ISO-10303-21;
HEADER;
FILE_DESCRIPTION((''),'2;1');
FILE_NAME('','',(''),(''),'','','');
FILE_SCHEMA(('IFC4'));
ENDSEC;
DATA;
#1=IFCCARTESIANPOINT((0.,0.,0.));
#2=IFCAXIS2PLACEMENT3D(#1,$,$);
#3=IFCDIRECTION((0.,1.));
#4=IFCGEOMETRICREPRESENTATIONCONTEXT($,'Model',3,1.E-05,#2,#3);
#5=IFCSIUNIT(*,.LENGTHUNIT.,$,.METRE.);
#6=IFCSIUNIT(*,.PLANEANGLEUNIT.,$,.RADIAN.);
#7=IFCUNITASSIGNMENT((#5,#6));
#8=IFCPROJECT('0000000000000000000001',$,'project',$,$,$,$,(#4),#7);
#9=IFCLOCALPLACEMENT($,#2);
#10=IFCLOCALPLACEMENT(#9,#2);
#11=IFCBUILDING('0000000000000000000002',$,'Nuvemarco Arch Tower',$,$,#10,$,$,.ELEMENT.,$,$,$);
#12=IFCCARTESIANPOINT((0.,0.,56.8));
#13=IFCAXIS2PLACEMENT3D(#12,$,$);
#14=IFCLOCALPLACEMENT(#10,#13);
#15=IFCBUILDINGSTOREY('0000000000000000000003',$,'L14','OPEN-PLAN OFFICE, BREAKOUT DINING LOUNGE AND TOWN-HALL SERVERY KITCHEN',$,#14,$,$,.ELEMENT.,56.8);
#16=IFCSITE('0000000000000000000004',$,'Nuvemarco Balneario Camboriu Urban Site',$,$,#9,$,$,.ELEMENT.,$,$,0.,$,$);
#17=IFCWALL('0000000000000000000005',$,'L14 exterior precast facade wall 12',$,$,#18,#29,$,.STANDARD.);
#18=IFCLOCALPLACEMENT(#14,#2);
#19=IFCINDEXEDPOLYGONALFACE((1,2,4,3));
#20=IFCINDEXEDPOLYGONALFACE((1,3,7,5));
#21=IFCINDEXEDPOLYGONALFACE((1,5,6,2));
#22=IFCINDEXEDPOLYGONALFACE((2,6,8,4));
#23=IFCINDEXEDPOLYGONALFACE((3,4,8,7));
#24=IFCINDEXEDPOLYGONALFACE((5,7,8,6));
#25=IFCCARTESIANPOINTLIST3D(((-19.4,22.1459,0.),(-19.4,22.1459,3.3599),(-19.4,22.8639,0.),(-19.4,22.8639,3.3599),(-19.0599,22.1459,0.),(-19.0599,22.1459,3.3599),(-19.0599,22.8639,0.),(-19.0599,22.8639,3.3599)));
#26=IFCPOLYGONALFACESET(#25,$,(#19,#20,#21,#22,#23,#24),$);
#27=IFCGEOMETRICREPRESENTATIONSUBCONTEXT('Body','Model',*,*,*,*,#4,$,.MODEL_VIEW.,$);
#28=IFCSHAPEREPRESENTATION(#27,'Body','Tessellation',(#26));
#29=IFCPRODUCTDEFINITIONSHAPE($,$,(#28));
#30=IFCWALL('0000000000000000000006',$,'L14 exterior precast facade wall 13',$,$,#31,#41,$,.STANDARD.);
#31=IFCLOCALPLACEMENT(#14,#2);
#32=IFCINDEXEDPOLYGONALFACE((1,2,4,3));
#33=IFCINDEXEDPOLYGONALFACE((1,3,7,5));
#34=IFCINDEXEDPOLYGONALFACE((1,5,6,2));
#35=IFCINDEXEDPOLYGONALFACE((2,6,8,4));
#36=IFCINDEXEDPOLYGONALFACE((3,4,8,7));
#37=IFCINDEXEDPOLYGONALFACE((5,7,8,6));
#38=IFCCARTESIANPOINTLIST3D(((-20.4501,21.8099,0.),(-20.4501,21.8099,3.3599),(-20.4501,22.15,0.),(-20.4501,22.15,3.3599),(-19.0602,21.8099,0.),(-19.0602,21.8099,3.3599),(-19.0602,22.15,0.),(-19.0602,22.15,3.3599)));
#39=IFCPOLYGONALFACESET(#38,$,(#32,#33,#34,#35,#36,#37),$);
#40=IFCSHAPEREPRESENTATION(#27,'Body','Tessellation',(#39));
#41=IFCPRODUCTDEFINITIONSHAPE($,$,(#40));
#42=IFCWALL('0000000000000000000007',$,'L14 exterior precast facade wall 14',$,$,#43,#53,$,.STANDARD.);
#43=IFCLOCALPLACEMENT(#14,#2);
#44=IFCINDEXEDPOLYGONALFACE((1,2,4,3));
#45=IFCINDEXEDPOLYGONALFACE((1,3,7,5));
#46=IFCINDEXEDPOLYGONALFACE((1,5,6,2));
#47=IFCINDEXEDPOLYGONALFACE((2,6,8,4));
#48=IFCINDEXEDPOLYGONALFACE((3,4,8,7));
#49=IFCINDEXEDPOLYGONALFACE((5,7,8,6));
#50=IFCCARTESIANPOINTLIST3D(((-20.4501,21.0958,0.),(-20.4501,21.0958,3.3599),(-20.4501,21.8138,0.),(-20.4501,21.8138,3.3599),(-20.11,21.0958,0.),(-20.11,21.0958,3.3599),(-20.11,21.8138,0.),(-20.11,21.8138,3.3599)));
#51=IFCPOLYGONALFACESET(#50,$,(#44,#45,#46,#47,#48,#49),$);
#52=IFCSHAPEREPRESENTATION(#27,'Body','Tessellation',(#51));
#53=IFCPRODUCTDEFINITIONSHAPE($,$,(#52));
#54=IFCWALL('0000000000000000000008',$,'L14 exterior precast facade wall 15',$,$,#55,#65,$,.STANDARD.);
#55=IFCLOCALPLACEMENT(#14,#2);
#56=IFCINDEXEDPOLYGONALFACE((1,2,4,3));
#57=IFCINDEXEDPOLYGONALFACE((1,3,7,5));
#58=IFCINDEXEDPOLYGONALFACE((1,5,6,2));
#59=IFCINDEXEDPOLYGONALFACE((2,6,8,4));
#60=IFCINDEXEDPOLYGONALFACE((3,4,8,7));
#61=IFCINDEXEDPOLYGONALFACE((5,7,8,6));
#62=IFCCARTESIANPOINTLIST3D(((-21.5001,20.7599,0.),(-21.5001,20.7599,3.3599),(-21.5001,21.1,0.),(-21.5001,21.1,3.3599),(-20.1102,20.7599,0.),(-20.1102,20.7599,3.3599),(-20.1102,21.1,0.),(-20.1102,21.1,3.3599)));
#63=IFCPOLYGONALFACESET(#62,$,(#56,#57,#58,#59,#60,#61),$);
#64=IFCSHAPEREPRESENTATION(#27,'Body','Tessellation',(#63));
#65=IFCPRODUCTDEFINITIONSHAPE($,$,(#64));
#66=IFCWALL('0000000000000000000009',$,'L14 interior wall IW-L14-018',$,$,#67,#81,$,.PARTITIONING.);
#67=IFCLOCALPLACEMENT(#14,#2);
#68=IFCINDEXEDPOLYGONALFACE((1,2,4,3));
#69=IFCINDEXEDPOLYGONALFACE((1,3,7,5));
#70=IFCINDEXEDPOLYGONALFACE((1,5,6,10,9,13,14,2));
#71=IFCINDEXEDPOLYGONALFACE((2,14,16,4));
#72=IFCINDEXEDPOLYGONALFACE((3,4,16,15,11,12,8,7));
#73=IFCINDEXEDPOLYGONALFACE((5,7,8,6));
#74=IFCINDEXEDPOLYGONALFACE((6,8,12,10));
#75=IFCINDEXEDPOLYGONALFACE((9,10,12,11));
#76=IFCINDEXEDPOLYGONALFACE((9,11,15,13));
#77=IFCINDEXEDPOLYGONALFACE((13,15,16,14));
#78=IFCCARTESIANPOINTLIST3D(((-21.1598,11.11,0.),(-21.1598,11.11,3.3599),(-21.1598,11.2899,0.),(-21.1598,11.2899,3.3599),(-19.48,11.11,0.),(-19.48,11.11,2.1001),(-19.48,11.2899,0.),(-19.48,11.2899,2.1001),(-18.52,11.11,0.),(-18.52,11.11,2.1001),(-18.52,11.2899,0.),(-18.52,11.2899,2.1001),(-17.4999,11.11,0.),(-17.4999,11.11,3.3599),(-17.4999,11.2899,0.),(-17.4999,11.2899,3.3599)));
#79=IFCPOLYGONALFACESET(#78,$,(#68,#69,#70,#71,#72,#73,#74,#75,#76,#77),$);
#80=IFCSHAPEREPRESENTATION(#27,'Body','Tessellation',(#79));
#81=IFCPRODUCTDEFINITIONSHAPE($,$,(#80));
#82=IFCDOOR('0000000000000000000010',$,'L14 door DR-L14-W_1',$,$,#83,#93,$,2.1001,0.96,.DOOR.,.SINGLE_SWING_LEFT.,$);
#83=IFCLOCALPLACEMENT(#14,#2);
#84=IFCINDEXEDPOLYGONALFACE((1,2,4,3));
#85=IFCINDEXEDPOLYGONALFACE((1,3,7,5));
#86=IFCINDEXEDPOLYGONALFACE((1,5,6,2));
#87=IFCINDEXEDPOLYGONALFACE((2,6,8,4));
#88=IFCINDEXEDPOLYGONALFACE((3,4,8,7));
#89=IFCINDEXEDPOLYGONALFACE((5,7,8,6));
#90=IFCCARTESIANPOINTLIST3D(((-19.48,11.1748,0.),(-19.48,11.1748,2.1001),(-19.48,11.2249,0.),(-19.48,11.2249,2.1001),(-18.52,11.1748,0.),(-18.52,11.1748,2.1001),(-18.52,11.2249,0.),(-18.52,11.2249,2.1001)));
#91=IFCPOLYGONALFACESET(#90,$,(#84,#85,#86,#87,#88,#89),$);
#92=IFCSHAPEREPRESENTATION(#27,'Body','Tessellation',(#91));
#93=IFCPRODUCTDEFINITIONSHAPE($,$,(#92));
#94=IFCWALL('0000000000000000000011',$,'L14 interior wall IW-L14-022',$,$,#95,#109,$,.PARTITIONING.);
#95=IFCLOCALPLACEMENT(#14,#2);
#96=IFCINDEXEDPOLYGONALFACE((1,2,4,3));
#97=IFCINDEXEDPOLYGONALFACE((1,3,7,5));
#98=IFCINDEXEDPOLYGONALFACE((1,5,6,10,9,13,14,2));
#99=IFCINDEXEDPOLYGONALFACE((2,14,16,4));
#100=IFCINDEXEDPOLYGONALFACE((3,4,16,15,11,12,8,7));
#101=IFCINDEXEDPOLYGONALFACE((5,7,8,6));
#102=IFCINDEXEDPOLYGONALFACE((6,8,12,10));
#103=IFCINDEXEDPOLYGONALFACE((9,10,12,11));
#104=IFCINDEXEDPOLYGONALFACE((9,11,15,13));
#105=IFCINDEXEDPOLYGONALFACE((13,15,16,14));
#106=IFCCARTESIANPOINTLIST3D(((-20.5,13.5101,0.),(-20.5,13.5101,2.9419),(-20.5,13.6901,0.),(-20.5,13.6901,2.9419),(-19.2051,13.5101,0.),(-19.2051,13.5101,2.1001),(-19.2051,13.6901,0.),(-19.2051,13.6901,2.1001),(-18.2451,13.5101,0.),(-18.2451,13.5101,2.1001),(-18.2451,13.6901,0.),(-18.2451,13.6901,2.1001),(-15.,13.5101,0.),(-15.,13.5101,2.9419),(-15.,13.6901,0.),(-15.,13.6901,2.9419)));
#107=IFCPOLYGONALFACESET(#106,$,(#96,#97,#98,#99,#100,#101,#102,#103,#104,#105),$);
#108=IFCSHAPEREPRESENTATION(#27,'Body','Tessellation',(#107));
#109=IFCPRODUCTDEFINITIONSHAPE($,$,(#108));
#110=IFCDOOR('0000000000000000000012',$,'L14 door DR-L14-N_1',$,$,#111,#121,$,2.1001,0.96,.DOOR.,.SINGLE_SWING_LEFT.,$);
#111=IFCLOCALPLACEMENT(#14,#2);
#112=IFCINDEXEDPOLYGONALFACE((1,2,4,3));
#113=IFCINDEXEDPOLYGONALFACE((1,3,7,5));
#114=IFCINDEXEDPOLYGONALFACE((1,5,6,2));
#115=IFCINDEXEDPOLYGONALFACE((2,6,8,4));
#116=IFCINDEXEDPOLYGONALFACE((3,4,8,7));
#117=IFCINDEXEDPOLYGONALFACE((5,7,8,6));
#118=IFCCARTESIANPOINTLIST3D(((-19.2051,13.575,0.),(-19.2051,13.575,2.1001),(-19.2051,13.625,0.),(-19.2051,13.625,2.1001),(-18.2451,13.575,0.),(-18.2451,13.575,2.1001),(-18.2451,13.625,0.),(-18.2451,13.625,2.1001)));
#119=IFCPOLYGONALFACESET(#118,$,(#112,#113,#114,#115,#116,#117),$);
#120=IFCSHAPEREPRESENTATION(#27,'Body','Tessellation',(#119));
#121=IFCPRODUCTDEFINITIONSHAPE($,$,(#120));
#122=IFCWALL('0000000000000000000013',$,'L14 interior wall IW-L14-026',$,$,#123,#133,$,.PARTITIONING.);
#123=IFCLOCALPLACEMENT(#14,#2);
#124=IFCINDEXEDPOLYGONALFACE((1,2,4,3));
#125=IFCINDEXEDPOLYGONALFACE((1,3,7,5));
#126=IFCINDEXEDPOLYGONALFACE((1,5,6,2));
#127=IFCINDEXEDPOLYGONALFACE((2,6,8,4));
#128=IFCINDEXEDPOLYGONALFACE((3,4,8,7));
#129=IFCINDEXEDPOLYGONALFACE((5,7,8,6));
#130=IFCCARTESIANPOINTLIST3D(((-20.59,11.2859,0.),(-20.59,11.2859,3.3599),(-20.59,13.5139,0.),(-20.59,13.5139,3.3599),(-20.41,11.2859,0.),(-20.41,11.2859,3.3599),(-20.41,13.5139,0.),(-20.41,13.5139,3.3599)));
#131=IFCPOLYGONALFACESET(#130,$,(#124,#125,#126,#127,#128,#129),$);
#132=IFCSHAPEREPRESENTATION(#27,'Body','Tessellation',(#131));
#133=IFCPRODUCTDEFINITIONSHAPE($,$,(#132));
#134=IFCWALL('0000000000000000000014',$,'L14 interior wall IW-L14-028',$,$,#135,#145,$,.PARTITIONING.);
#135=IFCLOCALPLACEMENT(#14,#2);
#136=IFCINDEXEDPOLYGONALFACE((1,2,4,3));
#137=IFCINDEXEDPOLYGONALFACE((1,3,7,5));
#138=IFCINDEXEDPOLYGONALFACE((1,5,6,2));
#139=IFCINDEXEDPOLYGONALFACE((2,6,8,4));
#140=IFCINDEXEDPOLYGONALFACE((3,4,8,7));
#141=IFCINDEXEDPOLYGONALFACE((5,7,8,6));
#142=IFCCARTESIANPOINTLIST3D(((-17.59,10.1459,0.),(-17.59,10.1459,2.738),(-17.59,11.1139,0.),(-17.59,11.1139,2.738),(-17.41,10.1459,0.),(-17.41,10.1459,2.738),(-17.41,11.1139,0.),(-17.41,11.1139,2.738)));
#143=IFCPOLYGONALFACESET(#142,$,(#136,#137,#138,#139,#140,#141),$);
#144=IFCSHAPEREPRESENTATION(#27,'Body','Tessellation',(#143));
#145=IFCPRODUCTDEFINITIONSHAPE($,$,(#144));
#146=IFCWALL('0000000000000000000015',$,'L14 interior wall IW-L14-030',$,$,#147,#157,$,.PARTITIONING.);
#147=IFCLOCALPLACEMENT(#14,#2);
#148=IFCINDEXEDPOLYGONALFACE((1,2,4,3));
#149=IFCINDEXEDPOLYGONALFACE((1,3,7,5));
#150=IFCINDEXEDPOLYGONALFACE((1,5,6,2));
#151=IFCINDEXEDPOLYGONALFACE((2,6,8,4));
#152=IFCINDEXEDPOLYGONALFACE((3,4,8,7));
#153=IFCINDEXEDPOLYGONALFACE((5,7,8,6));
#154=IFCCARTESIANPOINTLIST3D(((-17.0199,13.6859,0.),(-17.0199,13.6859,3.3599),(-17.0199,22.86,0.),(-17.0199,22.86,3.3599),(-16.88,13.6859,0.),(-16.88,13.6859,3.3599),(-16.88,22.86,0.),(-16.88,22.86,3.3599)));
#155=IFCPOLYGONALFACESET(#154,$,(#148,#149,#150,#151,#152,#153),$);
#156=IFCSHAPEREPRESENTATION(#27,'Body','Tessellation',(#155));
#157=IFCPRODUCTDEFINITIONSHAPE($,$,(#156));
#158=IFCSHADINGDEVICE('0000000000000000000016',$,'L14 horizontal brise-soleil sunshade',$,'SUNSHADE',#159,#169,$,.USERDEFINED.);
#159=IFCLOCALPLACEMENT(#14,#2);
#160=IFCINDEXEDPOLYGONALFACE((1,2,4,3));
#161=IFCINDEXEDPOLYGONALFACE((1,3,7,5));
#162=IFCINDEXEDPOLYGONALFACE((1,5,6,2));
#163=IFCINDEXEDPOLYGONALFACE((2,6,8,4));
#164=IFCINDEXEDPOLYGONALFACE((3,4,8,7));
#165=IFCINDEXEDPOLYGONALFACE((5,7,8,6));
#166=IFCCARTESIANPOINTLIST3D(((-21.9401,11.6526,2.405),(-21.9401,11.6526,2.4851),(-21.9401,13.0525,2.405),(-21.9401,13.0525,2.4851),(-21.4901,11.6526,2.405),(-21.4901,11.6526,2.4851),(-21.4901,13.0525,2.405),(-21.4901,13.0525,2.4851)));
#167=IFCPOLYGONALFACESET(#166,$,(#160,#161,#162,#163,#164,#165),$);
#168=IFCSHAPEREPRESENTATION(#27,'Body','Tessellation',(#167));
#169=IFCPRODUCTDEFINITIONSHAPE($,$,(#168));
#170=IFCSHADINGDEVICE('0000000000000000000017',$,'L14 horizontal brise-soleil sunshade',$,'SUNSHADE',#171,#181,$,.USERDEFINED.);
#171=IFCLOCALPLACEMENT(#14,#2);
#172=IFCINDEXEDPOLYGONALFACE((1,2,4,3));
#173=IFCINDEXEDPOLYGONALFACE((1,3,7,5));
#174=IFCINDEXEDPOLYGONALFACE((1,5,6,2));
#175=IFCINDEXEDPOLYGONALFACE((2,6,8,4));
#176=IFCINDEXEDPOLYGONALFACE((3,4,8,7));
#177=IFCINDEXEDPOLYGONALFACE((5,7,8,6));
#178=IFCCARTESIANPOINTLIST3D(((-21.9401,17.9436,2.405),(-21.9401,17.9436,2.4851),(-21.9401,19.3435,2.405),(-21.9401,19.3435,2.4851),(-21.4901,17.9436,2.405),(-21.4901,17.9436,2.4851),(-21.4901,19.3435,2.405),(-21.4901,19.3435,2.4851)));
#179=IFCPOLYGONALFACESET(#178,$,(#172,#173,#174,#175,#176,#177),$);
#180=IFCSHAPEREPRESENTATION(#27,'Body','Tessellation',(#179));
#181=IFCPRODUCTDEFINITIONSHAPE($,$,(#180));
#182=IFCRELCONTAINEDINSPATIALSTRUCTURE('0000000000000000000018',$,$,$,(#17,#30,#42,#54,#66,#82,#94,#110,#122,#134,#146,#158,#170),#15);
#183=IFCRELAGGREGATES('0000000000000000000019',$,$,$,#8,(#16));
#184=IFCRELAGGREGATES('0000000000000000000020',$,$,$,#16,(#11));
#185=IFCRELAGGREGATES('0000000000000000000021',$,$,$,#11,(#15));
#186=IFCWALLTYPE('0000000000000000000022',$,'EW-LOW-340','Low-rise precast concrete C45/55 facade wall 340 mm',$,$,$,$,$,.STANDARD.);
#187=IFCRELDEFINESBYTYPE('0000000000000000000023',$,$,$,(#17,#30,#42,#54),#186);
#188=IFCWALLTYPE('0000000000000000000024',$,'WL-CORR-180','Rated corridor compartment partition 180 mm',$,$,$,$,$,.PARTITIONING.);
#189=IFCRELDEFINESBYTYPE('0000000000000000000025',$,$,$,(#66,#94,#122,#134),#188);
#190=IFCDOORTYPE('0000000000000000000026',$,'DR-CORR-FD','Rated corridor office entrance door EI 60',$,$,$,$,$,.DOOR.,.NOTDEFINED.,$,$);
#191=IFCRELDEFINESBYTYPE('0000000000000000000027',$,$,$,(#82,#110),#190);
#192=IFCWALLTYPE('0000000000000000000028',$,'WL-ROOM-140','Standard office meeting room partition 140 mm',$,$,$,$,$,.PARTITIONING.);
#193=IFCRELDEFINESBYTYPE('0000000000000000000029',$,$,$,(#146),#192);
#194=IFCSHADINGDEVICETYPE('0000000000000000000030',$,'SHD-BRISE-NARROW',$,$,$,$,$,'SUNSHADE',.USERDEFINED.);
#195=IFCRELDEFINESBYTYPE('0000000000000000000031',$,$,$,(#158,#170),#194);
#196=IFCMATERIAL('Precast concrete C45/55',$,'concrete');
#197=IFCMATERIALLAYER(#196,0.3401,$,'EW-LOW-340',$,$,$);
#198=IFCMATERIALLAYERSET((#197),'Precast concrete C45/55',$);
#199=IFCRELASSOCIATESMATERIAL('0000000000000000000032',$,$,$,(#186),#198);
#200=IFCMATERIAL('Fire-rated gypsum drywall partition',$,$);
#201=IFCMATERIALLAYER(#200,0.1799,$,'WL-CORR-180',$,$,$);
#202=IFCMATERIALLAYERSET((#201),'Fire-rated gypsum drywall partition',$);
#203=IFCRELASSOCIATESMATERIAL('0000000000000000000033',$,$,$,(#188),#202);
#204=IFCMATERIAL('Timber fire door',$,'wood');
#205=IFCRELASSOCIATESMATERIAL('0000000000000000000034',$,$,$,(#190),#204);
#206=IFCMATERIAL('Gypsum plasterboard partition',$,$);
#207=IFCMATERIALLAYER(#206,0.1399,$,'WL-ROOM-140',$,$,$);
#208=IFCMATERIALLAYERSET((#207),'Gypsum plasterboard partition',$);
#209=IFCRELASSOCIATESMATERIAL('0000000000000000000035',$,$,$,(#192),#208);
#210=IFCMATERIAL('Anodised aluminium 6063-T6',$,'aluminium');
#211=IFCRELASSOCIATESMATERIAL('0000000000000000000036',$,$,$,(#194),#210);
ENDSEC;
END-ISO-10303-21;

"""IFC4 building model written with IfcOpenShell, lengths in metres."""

from ifc_helpers import new_model, si_unit, direction, frame, frame_2d, origin, origin_2d, place, context, subcontext, project, spatial, rectangle, extrude, source, transform, mapped, material, layer, layer_set, type_object, type_shapes, element, fill, save


model = new_model("IFC4")

# Units and contexts
model_context = context("Model", 3, precision=1e-05, world=origin(), true_north=direction((0.0, 1.0)))
body_context = subcontext(model_context, "Body", "Model", "MODEL_VIEW")
ifc_project = project(units=[si_unit("LENGTHUNIT", "METRE"), si_unit("PLANEANGLEUNIT", "RADIAN")], contexts=[model_context])

# Site, building, storey
site_placement = place(None, origin())
site = spatial("IfcSite", under=ifc_project, at=site_placement, Name="Nuvemarco Balneario Camboriu Urban Site", CompositionType="ELEMENT", RefElevation=0.0)
building_placement = place(site_placement, origin())
building = spatial("IfcBuilding", under=site, at=building_placement, Name="Nuvemarco Arch Tower", CompositionType="ELEMENT")
storey_placement = place(building_placement, frame((0.0, 0.0, 56.8)))
storey = spatial("IfcBuildingStorey", under=building, at=storey_placement, Name="L14", Description="OPEN-PLAN OFFICE, BREAKOUT DINING LOUNGE AND TOWN-HALL SERVERY KITCHEN", CompositionType="ELEMENT", Elevation=56.8)

# Shared definitions
ifc_material_1 = material(Name="Precast concrete C45/55", Category="concrete")
ifc_layer_1 = layer(ifc_material_1, 0.3401, Name="EW-LOW-340")
ifc_layer_set_1 = layer_set([ifc_layer_1], Name="Precast concrete C45/55")
wall_type_1 = type_object("IfcWallType", Name="EW-LOW-340", Description="Low-rise precast concrete C45/55 facade wall 340 mm", PredefinedType="STANDARD", material=ifc_layer_set_1)

# Walls
wall_1_placement = place(storey_placement, frame((-19.23, 22.146, 0.0), z_axis=(0.0, 0.0, 1.0), x_axis=(0.0, 1.0, 0.0)))
element("IfcWall", 1, at=wall_1_placement, inside=storey, type_object=wall_type_1, Name="L14 exterior precast facade wall 12", PredefinedType="STANDARD", context=body_context, shape_type="SweptSolid", body=[
    extrude(rectangle(XDim=0.718, YDim=0.3401, at=frame_2d((0.3589, 0.0))), origin(), (0.0, 0.0, 1.0), 3.3599),
])
wall_2_placement = place(storey_placement, frame((-20.45, 21.98, 0.0), z_axis=(0.0, 0.0, 1.0), x_axis=(1.0, 0.0, 0.0)))
element("IfcWall", 2, at=wall_2_placement, inside=storey, type_object=wall_type_1, Name="L14 exterior precast facade wall 13", PredefinedType="STANDARD", context=body_context, shape_type="SweptSolid", body=[
    extrude(rectangle(XDim=1.3899, YDim=0.3401, at=frame_2d((0.6948, 0.0))), origin(), (0.0, 0.0, 1.0), 3.3599),
])
wall_3_placement = place(storey_placement, frame((-20.28, 21.0959, 0.0), z_axis=(0.0, 0.0, 1.0), x_axis=(0.0, 1.0, 0.0)))
element("IfcWall", 3, at=wall_3_placement, inside=storey, type_object=wall_type_1, Name="L14 exterior precast facade wall 14", PredefinedType="STANDARD", context=body_context, shape_type="SweptSolid", body=[
    extrude(rectangle(XDim=0.718, YDim=0.3401, at=frame_2d((0.3589, 0.0))), origin(), (0.0, 0.0, 1.0), 3.3599),
])
wall_4_placement = place(storey_placement, frame((-21.5, 20.9299, 0.0), z_axis=(0.0, 0.0, 1.0), x_axis=(1.0, 0.0, 0.0)))
element("IfcWall", 4, at=wall_4_placement, inside=storey, type_object=wall_type_1, Name="L14 exterior precast facade wall 15", PredefinedType="STANDARD", context=body_context, shape_type="SweptSolid", body=[
    extrude(rectangle(XDim=1.3899, YDim=0.3401, at=frame_2d((0.6948, 0.0))), origin(), (0.0, 0.0, 1.0), 3.3599),
])

# Walls, openings, doors
ifc_material_2 = material(Name="Fire-rated gypsum drywall partition")
ifc_layer_2 = layer(ifc_material_2, 0.1799, Name="WL-CORR-180")
ifc_layer_set_2 = layer_set([ifc_layer_2], Name="Fire-rated gypsum drywall partition")
wall_type_2 = type_object("IfcWallType", Name="WL-CORR-180", Description="Rated corridor compartment partition 180 mm", PredefinedType="PARTITIONING", material=ifc_layer_set_2)
wall_5_placement = place(storey_placement, frame((-21.1599, 11.2, 0.0), z_axis=(0.0, 0.0, 1.0), x_axis=(1.0, 0.0, 0.0)))
wall_5 = element("IfcWall", 5, at=wall_5_placement, inside=storey, type_object=wall_type_2, Name="L14 interior wall IW-L14-018", PredefinedType="PARTITIONING", context=body_context, shape_type="SweptSolid", body=[
    extrude(rectangle(XDim=3.6599, YDim=0.1799, at=frame_2d((1.8301, 0.0))), origin(), (0.0, 0.0, 1.0), 3.3599),
])
opening_1_placement = place(wall_5_placement, frame((1.6799, 0.0, 0.0)))
opening_1 = element("IfcOpeningElement", 6, at=opening_1_placement, cuts=wall_5, PredefinedType="OPENING", context=body_context, shape_type="SweptSolid", body=[
    extrude(rectangle(XDim=0.96, YDim=2.1001, at=frame_2d((0.48, 1.05))), frame((0.0, 0.0999, 0.0), z_axis=(0.0, -1.0, 0.0), x_axis=(1.0, 0.0, 0.0)), (0.0, 0.0, 1.0), 0.2),
])
ifc_material_3 = material(Name="Timber fire door", Category="wood")
door_type = type_object("IfcDoorType", Name="DR-CORR-FD", Description="Rated corridor office entrance door EI 60", OperationType="NOTDEFINED", PredefinedType="DOOR", material=ifc_material_3)
shared_shape_1 = source(origin(), body_context, "Body", "SweptSolid", [
    extrude(rectangle(XDim=0.96, YDim=2.1001, at=frame_2d((0.48, 1.05))), frame((0.0, 0.0249, 0.0), z_axis=(0.0, -1.0, 0.0), x_axis=(1.0, 0.0, 0.0)), (0.0, 0.0, 1.0), 0.05),
])
type_shapes(door_type, [shared_shape_1])
door_1_placement = place(opening_1_placement, origin())
door_1 = element("IfcDoor", 7, at=door_1_placement, inside=storey, type_object=door_type, Name="L14 door DR-L14-W_1", OperationType="SINGLE_SWING_LEFT", OverallHeight=2.1001, OverallWidth=0.96, PredefinedType="DOOR", context=body_context, shape_type="MappedRepresentation", body=[
    mapped(shared_shape_1, transform((0.0, 0.0, 0.0), scale=1.0)),
])
fill(opening_1, door_1)
wall_6_placement = place(storey_placement, frame((-20.5, 13.6001, 0.0), z_axis=(0.0, 0.0, 1.0), x_axis=(1.0, 0.0, 0.0)))
wall_6 = element("IfcWall", 8, at=wall_6_placement, inside=storey, type_object=wall_type_2, Name="L14 interior wall IW-L14-022", PredefinedType="PARTITIONING", context=body_context, shape_type="SweptSolid", body=[
    extrude(rectangle(XDim=5.5, YDim=0.1799, at=frame_2d((2.75, 0.0))), origin(), (0.0, 0.0, 1.0), 2.9419),
])
opening_2_placement = place(wall_6_placement, frame((1.2949, 0.0, 0.0)))
opening_2 = element("IfcOpeningElement", 9, at=opening_2_placement, cuts=wall_6, PredefinedType="OPENING", context=body_context, shape_type="SweptSolid", body=[
    extrude(rectangle(XDim=0.96, YDim=2.1001, at=frame_2d((0.48, 1.05))), frame((0.0, 0.0999, 0.0), z_axis=(0.0, -1.0, 0.0), x_axis=(1.0, 0.0, 0.0)), (0.0, 0.0, 1.0), 0.2),
])
door_2_placement = place(opening_2_placement, origin())
door_2 = element("IfcDoor", 10, at=door_2_placement, inside=storey, type_object=door_type, Name="L14 door DR-L14-N_1", OperationType="SINGLE_SWING_LEFT", OverallHeight=2.1001, OverallWidth=0.96, PredefinedType="DOOR", context=body_context, shape_type="MappedRepresentation", body=[
    mapped(shared_shape_1, transform((0.0, 0.0, 0.0), scale=1.0)),
])
fill(opening_2, door_2)

# Walls
wall_7_placement = place(storey_placement, frame((-20.5, 11.2859, 0.0), z_axis=(0.0, 0.0, 1.0), x_axis=(0.0, 1.0, 0.0)))
element("IfcWall", 11, at=wall_7_placement, inside=storey, type_object=wall_type_2, Name="L14 interior wall IW-L14-026", PredefinedType="PARTITIONING", context=body_context, shape_type="SweptSolid", body=[
    extrude(rectangle(XDim=2.228, YDim=0.1799, at=frame_2d((1.114, 0.0))), origin(), (0.0, 0.0, 1.0), 3.3599),
])
wall_8_placement = place(storey_placement, frame((-17.5, 10.146, 0.0), z_axis=(0.0, 0.0, 1.0), x_axis=(0.0, 1.0, 0.0)))
element("IfcWall", 12, at=wall_8_placement, inside=storey, type_object=wall_type_2, Name="L14 interior wall IW-L14-028", PredefinedType="PARTITIONING", context=body_context, shape_type="SweptSolid", body=[
    extrude(rectangle(XDim=0.968, YDim=0.1799, at=frame_2d((0.4839, 0.0))), origin(), (0.0, 0.0, 1.0), 2.738),
])
ifc_material_4 = material(Name="Gypsum plasterboard partition")
ifc_layer_3 = layer(ifc_material_4, 0.1399, Name="WL-ROOM-140")
ifc_layer_set_3 = layer_set([ifc_layer_3], Name="Gypsum plasterboard partition")
wall_type_3 = type_object("IfcWallType", Name="WL-ROOM-140", Description="Standard office meeting room partition 140 mm", PredefinedType="PARTITIONING", material=ifc_layer_set_3)
wall_9_placement = place(storey_placement, frame((-16.95, 13.686, 0.0), z_axis=(0.0, 0.0, 1.0), x_axis=(0.0, 1.0, 0.0)))
element("IfcWall", 13, at=wall_9_placement, inside=storey, type_object=wall_type_3, Name="L14 interior wall IW-L14-030", PredefinedType="PARTITIONING", context=body_context, shape_type="SweptSolid", body=[
    extrude(rectangle(XDim=9.1741, YDim=0.1399, at=frame_2d((4.5869, 0.0))), origin(), (0.0, 0.0, 1.0), 3.3599),
])

# Shading devices
ifc_material_5 = material(Name="Anodised aluminium 6063-T6", Category="aluminium")
shading_device_type = type_object("IfcShadingDeviceType", Name="SHD-BRISE-NARROW", ElementType="SUNSHADE", PredefinedType="USERDEFINED", material=ifc_material_5)
shared_shape_2 = source(origin(), body_context, "Body", "SweptSolid", [
    extrude(rectangle(XDim=1.3999, YDim=0.45, at=origin_2d()), origin(), (0.0, 0.0, 1.0), 0.0801),
])
type_shapes(shading_device_type, [shared_shape_2])
for number, where, z_axis, x_axis, name in (
    (14, (-21.7151, 12.3525, 2.405), (0.0, 0.0, 1.0), (0.0, 1.0, 0.0), "L14 horizontal brise-soleil sunshade"),
    (15, (-21.7151, 18.6436, 2.405), (0.0, 0.0, 1.0), (0.0, 1.0, 0.0), "L14 horizontal brise-soleil sunshade"),
):
    element("IfcShadingDevice", number, at=place(storey_placement, frame(where, z_axis=z_axis, x_axis=x_axis)), inside=storey, type_object=shading_device_type, Name=name, ObjectType="SUNSHADE", PredefinedType="USERDEFINED", context=body_context, shape_type="MappedRepresentation", body=[
        mapped(shared_shape_2, transform((0.0, 0.0, 0.0), scale=1.0)),
    ])

save(model, "model.ifc")
